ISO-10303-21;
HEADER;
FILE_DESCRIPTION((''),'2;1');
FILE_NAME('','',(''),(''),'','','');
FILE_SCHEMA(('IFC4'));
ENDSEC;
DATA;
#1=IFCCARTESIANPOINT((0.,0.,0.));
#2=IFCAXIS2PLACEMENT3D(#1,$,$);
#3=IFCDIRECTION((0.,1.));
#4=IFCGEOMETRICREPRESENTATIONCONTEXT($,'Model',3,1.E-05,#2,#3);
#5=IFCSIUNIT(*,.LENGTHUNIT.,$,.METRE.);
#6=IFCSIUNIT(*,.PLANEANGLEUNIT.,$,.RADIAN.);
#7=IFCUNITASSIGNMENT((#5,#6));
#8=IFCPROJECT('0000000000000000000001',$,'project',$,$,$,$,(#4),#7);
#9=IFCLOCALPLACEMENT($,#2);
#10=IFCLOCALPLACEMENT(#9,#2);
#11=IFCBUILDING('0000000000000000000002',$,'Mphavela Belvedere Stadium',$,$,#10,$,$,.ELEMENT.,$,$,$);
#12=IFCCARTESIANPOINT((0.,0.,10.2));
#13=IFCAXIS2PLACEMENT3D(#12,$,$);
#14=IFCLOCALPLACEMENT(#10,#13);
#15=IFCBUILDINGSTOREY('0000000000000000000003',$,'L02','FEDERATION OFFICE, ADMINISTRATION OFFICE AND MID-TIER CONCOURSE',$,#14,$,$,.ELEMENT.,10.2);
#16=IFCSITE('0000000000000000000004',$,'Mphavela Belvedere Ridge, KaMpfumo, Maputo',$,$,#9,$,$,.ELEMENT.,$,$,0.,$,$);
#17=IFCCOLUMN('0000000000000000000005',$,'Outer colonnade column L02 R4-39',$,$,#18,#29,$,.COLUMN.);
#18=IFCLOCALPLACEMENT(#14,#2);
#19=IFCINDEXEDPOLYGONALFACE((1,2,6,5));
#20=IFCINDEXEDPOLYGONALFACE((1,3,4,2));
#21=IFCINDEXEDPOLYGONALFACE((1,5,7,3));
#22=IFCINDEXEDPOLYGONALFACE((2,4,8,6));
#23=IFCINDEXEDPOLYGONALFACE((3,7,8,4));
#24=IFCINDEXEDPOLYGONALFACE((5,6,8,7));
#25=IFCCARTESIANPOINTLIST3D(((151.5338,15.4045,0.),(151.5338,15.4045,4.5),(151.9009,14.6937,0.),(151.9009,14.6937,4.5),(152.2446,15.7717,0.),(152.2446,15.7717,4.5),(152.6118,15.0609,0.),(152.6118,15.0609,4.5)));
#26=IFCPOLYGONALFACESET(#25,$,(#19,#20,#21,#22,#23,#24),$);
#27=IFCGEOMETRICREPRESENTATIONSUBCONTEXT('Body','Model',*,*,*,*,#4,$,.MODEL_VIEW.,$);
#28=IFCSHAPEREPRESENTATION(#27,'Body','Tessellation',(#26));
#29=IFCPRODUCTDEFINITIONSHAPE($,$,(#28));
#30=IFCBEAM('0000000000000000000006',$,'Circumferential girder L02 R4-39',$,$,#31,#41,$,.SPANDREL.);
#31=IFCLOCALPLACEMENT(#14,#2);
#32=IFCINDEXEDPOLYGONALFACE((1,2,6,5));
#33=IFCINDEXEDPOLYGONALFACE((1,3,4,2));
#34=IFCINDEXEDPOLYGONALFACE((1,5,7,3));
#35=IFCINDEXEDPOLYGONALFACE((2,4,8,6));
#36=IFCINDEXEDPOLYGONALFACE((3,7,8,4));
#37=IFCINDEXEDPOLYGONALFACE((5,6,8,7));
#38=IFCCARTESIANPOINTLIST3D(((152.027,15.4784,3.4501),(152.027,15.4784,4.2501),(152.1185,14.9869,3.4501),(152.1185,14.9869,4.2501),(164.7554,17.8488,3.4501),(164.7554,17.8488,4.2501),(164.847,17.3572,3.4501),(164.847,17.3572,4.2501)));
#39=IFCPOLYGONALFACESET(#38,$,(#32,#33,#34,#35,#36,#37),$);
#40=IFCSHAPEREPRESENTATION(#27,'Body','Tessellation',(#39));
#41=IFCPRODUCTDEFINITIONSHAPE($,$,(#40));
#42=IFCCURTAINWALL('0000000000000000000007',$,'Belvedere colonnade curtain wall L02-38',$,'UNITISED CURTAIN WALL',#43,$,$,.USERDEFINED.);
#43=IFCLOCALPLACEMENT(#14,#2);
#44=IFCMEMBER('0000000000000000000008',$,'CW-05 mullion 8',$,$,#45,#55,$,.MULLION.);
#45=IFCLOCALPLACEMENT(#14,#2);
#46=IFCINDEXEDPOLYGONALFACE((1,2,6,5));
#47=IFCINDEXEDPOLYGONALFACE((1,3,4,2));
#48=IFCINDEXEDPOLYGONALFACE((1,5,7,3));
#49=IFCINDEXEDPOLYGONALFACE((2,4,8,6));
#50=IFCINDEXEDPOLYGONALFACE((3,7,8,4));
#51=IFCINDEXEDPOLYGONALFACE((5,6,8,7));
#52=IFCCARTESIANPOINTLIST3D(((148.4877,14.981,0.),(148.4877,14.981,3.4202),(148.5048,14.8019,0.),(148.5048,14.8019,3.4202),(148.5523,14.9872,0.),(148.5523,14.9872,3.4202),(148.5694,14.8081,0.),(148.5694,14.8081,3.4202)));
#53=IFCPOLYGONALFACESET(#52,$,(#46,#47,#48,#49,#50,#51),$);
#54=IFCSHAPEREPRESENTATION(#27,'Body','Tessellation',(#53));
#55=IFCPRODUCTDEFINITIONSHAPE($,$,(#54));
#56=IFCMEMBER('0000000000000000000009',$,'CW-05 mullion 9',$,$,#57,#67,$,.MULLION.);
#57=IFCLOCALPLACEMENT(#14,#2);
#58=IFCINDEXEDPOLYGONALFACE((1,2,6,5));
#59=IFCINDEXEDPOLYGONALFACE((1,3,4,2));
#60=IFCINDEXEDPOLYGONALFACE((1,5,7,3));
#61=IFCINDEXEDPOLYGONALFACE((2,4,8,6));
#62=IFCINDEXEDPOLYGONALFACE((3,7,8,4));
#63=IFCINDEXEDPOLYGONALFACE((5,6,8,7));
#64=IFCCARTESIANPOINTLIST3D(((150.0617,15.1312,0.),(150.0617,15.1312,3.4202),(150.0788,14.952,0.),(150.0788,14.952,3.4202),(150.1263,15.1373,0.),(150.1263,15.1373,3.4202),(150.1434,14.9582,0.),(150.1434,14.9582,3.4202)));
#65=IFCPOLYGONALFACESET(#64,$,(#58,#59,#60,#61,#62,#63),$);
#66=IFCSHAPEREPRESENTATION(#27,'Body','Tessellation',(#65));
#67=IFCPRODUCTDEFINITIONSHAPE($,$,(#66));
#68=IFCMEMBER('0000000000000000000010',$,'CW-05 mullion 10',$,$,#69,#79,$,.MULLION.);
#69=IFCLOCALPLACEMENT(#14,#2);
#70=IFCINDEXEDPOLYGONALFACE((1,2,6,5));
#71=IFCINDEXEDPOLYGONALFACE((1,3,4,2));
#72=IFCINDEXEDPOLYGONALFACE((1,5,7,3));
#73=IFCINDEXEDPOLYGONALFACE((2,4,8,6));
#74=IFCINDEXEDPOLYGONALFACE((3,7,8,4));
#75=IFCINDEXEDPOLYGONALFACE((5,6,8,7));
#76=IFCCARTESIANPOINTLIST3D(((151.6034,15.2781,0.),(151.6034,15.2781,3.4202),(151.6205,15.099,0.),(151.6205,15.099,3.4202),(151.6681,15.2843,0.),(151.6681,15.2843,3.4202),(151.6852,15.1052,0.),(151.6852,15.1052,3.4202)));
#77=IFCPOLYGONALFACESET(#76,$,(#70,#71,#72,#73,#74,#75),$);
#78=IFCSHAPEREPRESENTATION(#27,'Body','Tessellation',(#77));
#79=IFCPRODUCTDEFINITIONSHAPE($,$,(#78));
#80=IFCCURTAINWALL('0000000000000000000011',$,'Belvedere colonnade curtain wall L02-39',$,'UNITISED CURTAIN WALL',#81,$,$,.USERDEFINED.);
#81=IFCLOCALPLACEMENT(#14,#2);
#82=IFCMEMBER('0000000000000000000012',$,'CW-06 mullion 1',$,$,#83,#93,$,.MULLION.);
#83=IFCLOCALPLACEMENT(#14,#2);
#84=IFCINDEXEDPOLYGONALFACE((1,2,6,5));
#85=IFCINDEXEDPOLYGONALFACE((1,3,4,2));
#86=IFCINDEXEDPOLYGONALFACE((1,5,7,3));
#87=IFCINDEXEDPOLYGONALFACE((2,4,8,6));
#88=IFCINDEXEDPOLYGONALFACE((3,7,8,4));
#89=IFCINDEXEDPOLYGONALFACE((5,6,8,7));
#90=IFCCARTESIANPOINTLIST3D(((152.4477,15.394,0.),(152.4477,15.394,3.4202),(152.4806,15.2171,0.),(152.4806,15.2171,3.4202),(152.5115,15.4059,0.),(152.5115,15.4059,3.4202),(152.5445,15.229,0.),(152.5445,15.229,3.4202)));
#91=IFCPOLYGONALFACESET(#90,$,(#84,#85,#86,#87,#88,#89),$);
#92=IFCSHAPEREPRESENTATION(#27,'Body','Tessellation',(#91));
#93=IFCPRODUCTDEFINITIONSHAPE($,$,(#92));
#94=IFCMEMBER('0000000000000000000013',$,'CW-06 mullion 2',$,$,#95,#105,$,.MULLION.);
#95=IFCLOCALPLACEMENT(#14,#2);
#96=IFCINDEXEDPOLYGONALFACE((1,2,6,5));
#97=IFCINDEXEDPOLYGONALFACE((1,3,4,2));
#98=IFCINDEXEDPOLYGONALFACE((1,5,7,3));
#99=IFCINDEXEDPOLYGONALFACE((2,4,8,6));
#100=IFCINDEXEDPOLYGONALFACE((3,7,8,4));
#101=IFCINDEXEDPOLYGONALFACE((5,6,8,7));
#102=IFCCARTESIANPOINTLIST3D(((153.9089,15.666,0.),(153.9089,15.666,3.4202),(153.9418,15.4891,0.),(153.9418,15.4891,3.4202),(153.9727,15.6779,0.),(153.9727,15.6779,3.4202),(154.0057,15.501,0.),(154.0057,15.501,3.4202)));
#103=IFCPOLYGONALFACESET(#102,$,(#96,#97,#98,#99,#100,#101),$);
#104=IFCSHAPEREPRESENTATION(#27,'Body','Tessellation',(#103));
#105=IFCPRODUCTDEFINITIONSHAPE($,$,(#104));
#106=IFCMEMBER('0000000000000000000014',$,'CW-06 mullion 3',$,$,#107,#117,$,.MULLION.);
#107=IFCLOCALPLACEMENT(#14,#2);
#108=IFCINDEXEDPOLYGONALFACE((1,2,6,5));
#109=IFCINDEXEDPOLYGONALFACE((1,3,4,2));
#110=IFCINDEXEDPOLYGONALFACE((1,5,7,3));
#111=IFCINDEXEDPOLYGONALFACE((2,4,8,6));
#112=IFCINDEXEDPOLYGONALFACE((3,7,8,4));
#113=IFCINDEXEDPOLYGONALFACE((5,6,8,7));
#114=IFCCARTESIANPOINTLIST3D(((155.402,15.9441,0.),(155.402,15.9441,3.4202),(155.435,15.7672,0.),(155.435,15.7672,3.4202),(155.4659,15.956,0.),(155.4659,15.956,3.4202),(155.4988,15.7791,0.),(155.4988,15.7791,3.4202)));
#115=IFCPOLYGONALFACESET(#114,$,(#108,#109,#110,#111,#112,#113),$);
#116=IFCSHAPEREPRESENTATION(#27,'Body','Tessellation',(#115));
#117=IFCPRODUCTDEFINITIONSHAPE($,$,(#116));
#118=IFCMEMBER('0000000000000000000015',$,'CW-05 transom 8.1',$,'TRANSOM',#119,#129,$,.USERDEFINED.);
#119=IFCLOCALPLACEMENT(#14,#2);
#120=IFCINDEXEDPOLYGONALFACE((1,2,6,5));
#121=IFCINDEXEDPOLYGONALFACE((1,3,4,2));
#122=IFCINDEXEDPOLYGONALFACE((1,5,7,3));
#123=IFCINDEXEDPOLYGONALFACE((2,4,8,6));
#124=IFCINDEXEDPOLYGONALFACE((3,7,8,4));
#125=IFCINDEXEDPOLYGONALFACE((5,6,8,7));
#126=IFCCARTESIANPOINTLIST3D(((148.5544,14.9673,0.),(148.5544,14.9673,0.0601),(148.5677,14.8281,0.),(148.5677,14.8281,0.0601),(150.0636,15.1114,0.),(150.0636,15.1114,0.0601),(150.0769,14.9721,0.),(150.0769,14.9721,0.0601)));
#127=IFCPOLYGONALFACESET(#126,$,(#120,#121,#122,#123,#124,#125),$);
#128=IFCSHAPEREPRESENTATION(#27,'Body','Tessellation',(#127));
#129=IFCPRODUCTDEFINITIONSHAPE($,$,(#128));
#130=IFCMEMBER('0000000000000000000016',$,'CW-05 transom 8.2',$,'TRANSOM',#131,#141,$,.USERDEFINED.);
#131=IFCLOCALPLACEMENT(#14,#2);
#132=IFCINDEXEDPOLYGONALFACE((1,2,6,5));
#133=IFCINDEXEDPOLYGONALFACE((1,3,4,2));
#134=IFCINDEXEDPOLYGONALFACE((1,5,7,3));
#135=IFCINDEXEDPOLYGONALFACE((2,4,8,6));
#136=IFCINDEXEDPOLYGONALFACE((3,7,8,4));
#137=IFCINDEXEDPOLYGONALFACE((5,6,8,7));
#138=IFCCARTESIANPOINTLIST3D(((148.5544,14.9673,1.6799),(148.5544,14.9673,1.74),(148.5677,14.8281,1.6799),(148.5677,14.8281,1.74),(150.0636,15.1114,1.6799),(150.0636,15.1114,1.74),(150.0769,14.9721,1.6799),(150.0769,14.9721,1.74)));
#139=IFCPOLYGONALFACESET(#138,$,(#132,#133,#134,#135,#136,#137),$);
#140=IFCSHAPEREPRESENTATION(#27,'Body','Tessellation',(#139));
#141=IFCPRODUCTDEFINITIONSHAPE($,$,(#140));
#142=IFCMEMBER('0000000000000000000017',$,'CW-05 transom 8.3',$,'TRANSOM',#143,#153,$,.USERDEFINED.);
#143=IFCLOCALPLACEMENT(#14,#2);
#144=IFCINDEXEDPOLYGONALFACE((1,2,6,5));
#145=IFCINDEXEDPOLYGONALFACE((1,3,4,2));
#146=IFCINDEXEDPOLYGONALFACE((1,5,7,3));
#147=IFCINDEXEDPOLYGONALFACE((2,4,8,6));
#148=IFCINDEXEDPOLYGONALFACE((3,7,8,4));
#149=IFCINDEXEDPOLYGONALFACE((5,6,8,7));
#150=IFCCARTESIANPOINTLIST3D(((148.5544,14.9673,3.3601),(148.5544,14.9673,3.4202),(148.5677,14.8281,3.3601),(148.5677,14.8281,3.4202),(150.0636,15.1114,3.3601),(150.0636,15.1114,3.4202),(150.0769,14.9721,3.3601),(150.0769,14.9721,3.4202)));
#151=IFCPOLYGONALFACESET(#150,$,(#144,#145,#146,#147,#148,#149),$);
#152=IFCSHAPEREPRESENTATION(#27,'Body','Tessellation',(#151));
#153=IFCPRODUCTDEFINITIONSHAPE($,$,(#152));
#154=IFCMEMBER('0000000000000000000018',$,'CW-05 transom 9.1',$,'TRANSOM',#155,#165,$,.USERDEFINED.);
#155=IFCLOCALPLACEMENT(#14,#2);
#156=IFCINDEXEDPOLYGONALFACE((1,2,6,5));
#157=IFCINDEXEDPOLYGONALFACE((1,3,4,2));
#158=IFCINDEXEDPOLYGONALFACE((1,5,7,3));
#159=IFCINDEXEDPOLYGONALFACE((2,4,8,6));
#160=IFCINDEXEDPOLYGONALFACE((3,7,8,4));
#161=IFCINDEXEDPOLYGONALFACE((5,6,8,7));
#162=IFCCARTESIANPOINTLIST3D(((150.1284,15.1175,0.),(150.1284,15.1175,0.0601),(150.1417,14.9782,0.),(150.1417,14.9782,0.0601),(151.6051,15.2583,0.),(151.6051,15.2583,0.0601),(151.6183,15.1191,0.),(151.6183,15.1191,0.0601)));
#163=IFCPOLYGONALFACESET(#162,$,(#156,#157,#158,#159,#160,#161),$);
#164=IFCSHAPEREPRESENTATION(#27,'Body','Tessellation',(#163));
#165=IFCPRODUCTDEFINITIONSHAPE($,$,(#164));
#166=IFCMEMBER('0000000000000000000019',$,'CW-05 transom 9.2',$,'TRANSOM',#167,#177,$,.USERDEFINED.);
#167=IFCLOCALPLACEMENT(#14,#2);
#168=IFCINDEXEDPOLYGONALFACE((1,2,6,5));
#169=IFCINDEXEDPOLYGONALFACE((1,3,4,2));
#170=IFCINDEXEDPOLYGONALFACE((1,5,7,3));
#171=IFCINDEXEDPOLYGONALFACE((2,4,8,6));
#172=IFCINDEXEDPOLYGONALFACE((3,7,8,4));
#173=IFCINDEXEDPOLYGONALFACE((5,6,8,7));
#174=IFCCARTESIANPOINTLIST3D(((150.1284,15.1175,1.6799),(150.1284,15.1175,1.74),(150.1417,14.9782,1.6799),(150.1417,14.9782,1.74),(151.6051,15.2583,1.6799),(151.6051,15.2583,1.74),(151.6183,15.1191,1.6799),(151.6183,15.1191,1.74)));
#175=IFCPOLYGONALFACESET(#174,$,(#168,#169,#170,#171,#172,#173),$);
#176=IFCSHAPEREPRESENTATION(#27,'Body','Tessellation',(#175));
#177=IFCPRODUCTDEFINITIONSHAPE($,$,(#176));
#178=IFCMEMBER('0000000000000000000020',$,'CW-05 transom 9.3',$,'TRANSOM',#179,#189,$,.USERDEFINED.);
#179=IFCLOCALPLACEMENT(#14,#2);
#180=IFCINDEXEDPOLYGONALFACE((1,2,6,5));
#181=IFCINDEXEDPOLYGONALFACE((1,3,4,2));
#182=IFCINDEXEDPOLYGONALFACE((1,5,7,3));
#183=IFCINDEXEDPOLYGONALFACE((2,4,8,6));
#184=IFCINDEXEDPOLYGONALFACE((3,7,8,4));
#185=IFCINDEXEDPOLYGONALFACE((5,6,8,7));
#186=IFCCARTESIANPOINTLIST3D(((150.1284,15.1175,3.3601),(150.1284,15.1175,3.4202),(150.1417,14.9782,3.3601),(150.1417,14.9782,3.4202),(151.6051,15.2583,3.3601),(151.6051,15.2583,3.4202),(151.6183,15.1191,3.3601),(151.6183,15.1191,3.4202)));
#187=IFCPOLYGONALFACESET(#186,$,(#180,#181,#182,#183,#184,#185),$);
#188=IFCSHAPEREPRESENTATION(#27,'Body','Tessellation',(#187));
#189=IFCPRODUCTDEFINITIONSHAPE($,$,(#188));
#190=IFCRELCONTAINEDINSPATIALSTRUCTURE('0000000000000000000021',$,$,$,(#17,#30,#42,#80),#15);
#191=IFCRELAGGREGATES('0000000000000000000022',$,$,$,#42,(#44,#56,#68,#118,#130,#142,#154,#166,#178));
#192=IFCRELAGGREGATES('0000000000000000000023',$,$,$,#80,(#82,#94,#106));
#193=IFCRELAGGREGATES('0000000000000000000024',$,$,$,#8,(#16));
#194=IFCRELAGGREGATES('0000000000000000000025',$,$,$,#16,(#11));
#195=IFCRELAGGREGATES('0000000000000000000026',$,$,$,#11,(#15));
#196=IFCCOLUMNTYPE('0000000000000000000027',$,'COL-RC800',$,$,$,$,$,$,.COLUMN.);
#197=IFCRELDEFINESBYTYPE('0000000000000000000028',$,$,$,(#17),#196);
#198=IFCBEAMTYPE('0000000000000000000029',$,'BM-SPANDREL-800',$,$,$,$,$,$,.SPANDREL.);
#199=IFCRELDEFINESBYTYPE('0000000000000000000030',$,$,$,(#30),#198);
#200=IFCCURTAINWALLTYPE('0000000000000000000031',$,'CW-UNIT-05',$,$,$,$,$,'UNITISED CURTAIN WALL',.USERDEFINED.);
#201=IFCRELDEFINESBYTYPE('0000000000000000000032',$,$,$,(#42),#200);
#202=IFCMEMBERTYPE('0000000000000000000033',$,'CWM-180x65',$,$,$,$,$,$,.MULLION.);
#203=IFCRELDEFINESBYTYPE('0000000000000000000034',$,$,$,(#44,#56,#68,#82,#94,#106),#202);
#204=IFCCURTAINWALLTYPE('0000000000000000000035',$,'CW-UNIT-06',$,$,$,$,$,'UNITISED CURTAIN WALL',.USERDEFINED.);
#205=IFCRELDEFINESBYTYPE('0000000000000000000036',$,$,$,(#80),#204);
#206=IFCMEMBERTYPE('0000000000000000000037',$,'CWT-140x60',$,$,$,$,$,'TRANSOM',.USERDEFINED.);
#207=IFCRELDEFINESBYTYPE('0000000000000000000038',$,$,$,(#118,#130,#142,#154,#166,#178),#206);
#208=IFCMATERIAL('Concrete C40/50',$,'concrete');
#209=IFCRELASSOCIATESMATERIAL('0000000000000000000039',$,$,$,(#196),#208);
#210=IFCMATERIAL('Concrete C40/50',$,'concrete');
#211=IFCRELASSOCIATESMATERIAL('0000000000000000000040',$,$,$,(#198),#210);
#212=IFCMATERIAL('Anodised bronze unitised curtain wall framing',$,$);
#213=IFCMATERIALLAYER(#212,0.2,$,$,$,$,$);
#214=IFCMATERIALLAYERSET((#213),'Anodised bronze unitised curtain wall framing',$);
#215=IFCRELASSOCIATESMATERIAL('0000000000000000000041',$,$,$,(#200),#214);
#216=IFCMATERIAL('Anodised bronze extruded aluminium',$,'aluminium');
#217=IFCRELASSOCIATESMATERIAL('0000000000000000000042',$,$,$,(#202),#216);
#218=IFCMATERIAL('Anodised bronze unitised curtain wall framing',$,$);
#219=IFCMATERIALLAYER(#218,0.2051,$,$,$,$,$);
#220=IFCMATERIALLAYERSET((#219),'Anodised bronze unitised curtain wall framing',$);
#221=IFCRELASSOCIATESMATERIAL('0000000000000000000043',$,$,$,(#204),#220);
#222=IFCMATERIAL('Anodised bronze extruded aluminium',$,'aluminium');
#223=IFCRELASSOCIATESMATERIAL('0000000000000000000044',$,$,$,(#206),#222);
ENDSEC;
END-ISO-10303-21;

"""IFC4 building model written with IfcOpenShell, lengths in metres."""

from ifc_helpers import new_model, si_unit, direction, frame, origin, origin_2d, place, context, subcontext, project, spatial, rectangle, extrude, material, layer, layer_set, material_profile, profile_set, type_object, element, aggregate, save


model = new_model("IFC4")

# Units and contexts
model_context = context("Model", 3, precision=1e-05, world=origin(), true_north=direction((0.0, 1.0)))
body_context = subcontext(model_context, "Body", "Model", "MODEL_VIEW")
ifc_project = project(units=[si_unit("LENGTHUNIT", "METRE"), si_unit("PLANEANGLEUNIT", "RADIAN")], contexts=[model_context])

# Site, building, storey
site_placement = place(None, origin())
site = spatial("IfcSite", under=ifc_project, at=site_placement, Name="Mphavela Belvedere Ridge, KaMpfumo, Maputo", CompositionType="ELEMENT", RefElevation=0.0)
building_placement = place(site_placement, origin())
building = spatial("IfcBuilding", under=site, at=building_placement, Name="Mphavela Belvedere Stadium", CompositionType="ELEMENT")
storey_placement = place(building_placement, frame((0.0, 0.0, 10.2)))
storey = spatial("IfcBuildingStorey", under=building, at=storey_placement, Name="L02", Description="FEDERATION OFFICE, ADMINISTRATION OFFICE AND MID-TIER CONCOURSE", CompositionType="ELEMENT", Elevation=10.2)

# Column
ifc_material_1 = material(Name="Concrete C40/50", Category="concrete")
ifc_material_profile_1 = material_profile(ifc_material_1, rectangle(XDim=0.8, YDim=0.8, at=origin_2d()), Name="RC 800x800")
ifc_profile_set_1 = profile_set([ifc_material_profile_1], Name="Concrete C40/50")
column_type = type_object("IfcColumnType", Name="COL-RC800", PredefinedType="COLUMN", material=ifc_profile_set_1)
column_placement = place(storey_placement, frame((152.0728, 15.2327, 0.0), z_axis=(0.0, 0.0, 1.0), x_axis=(0.45896, -0.888457, 0.0)))
element("IfcColumn", 1, at=column_placement, inside=storey, type_object=column_type, Name="Outer colonnade column L02 R4-39", PredefinedType="COLUMN", context=body_context, shape_type="SweptSolid", body=[
    extrude(rectangle(XDim=0.8, YDim=0.8, at=origin_2d()), origin(), (0.0, 0.0, 1.0), 4.5),
])

# Beam
ifc_material_2 = material(Name="Concrete C40/50", Category="concrete")
ifc_material_profile_2 = material_profile(ifc_material_2, rectangle(XDim=0.5, YDim=0.8, at=origin_2d()), Name="RC 500x800")
ifc_profile_set_2 = profile_set([ifc_material_profile_2], Name="Concrete C40/50")
beam_type = type_object("IfcBeamType", Name="BM-SPANDREL-800", PredefinedType="SPANDREL", material=ifc_profile_set_2)
beam_placement = place(storey_placement, frame((152.0728, 15.2327, 3.8501), z_axis=(0.983099, 0.183077, 0.0), x_axis=(-0.183077, 0.983099, 0.0)))
element("IfcBeam", 2, at=beam_placement, inside=storey, type_object=beam_type, Name="Circumferential girder L02 R4-39", PredefinedType="SPANDREL", context=body_context, shape_type="SweptSolid", body=[
    extrude(rectangle(XDim=0.5, YDim=0.8, at=origin_2d()), origin(), (0.0, 0.0, 1.0), 12.9473),
])

# Curtain walls, members
ifc_material_3 = material(Name="Anodised bronze unitised curtain wall framing")
ifc_layer_1 = layer(ifc_material_3, 0.2)
ifc_layer_set_1 = layer_set([ifc_layer_1], Name="Anodised bronze unitised curtain wall framing")
curtain_wall_type_1 = type_object("IfcCurtainWallType", Name="CW-UNIT-05", ElementType="UNITISED CURTAIN WALL", PredefinedType="USERDEFINED", material=ifc_layer_set_1)
curtain_wall_1_placement = place(storey_placement, origin())
curtain_wall_1 = element("IfcCurtainWall", 3, at=curtain_wall_1_placement, inside=storey, type_object=curtain_wall_type_1, Name="Belvedere colonnade curtain wall L02-38", ObjectType="UNITISED CURTAIN WALL", PredefinedType="USERDEFINED")
ifc_material_4 = material(Name="Anodised bronze extruded aluminium", Category="aluminium")
ifc_material_profile_3 = material_profile(ifc_material_4, rectangle(XDim=0.1799, YDim=0.0649, at=origin_2d()), Name="CW-MUL 180x65")
ifc_profile_set_3 = profile_set([ifc_material_profile_3], Name="Anodised bronze extruded aluminium")
member_type_1 = type_object("IfcMemberType", Name="CWM-180x65", PredefinedType="MULLION", material=ifc_profile_set_3)
member_1_placement = place(storey_placement, frame((148.5286, 14.8945, 0.0), z_axis=(0.0, 0.0, 1.0), x_axis=(-0.094926, 0.995484, 0.0)))
member_1 = element("IfcMember", 4, at=member_1_placement, type_object=member_type_1, Name="CW-05 mullion 8", PredefinedType="MULLION", context=body_context, shape_type="SweptSolid", body=[
    extrude(rectangle(XDim=0.1799, YDim=0.0649, at=origin_2d()), origin(), (0.0, 0.0, 1.0), 3.4202),
])
member_2_placement = place(storey_placement, frame((150.1025, 15.0447, 0.0), z_axis=(0.0, 0.0, 1.0), x_axis=(-0.094926, 0.995484, 0.0)))
member_2 = element("IfcMember", 5, at=member_2_placement, type_object=member_type_1, Name="CW-05 mullion 9", PredefinedType="MULLION", context=body_context, shape_type="SweptSolid", body=[
    extrude(rectangle(XDim=0.1799, YDim=0.0649, at=origin_2d()), origin(), (0.0, 0.0, 1.0), 3.4202),
])
member_3_placement = place(storey_placement, frame((151.6443, 15.1917, 0.0), z_axis=(0.0, 0.0, 1.0), x_axis=(-0.094926, 0.995484, 0.0)))
member_3 = element("IfcMember", 6, at=member_3_placement, type_object=member_type_1, Name="CW-05 mullion 10", PredefinedType="MULLION", context=body_context, shape_type="SweptSolid", body=[
    extrude(rectangle(XDim=0.1799, YDim=0.0649, at=origin_2d()), origin(), (0.0, 0.0, 1.0), 3.4202),
])
ifc_material_5 = material(Name="Anodised bronze unitised curtain wall framing")
ifc_layer_2 = layer(ifc_material_5, 0.2051)
ifc_layer_set_2 = layer_set([ifc_layer_2], Name="Anodised bronze unitised curtain wall framing")
curtain_wall_type_2 = type_object("IfcCurtainWallType", Name="CW-UNIT-06", ElementType="UNITISED CURTAIN WALL", PredefinedType="USERDEFINED", material=ifc_layer_set_2)
curtain_wall_2_placement = place(storey_placement, origin())
curtain_wall_2 = element("IfcCurtainWall", 7, at=curtain_wall_2_placement, inside=storey, type_object=curtain_wall_type_2, Name="Belvedere colonnade curtain wall L02-39", ObjectType="UNITISED CURTAIN WALL", PredefinedType="USERDEFINED")
member_4_placement = place(storey_placement, frame((152.4961, 15.3115, 0.0), z_axis=(0.0, 0.0, 1.0), x_axis=(-0.183085, 0.983097, 0.0)))
member_4 = element("IfcMember", 8, at=member_4_placement, type_object=member_type_1, Name="CW-06 mullion 1", PredefinedType="MULLION", context=body_context, shape_type="SweptSolid", body=[
    extrude(rectangle(XDim=0.1799, YDim=0.0649, at=origin_2d()), origin(), (0.0, 0.0, 1.0), 3.4202),
])
member_5_placement = place(storey_placement, frame((153.9573, 15.5835, 0.0), z_axis=(0.0, 0.0, 1.0), x_axis=(-0.183085, 0.983097, 0.0)))
member_5 = element("IfcMember", 9, at=member_5_placement, type_object=member_type_1, Name="CW-06 mullion 2", PredefinedType="MULLION", context=body_context, shape_type="SweptSolid", body=[
    extrude(rectangle(XDim=0.1799, YDim=0.0649, at=origin_2d()), origin(), (0.0, 0.0, 1.0), 3.4202),
])
member_6_placement = place(storey_placement, frame((155.4504, 15.8616, 0.0), z_axis=(0.0, 0.0, 1.0), x_axis=(-0.183085, 0.983097, 0.0)))
member_6 = element("IfcMember", 10, at=member_6_placement, type_object=member_type_1, Name="CW-06 mullion 3", PredefinedType="MULLION", context=body_context, shape_type="SweptSolid", body=[
    extrude(rectangle(XDim=0.1799, YDim=0.0649, at=origin_2d()), origin(), (0.0, 0.0, 1.0), 3.4202),
])

# Members
ifc_material_6 = material(Name="Anodised bronze extruded aluminium", Category="aluminium")
ifc_material_profile_4 = material_profile(ifc_material_6, rectangle(XDim=0.1399, YDim=0.0601, at=origin_2d()), Name="CW-TRN 140x60")
ifc_profile_set_4 = profile_set([ifc_material_profile_4], Name="Anodised bronze extruded aluminium")
member_type_2 = type_object("IfcMemberType", Name="CWT-140x60", ElementType="TRANSOM", PredefinedType="USERDEFINED", material=ifc_profile_set_4)
member_7_placement = place(storey_placement, frame((148.561, 14.8977, 0.03), z_axis=(0.995477, 0.095007, 0.0), x_axis=(-0.095007, 0.995477, 0.0)))
member_7 = element("IfcMember", 11, at=member_7_placement, type_object=member_type_2, Name="CW-05 transom 8.1", ObjectType="TRANSOM", PredefinedType="USERDEFINED", context=body_context, shape_type="SweptSolid", body=[
    extrude(rectangle(XDim=0.1399, YDim=0.0601, at=origin_2d()), origin(), (0.0, 0.0, 1.0), 1.5161),
])
member_8_placement = place(storey_placement, frame((148.561, 14.8977, 1.71), z_axis=(0.995477, 0.095007, 0.0), x_axis=(-0.095007, 0.995477, 0.0)))
member_8 = element("IfcMember", 12, at=member_8_placement, type_object=member_type_2, Name="CW-05 transom 8.2", ObjectType="TRANSOM", PredefinedType="USERDEFINED", context=body_context, shape_type="SweptSolid", body=[
    extrude(rectangle(XDim=0.1399, YDim=0.0601, at=origin_2d()), origin(), (0.0, 0.0, 1.0), 1.5161),
])
member_9_placement = place(storey_placement, frame((148.561, 14.8977, 3.3901), z_axis=(0.995477, 0.095007, 0.0), x_axis=(-0.095007, 0.995477, 0.0)))
member_9 = element("IfcMember", 13, at=member_9_placement, type_object=member_type_2, Name="CW-05 transom 8.3", ObjectType="TRANSOM", PredefinedType="USERDEFINED", context=body_context, shape_type="SweptSolid", body=[
    extrude(rectangle(XDim=0.1399, YDim=0.0601, at=origin_2d()), origin(), (0.0, 0.0, 1.0), 1.5161),
])
member_10_placement = place(storey_placement, frame((150.135, 15.0479, 0.03), z_axis=(0.995481, 0.094957, 0.0), x_axis=(-0.094957, 0.995481, 0.0)))
member_10 = element("IfcMember", 14, at=member_10_placement, type_object=member_type_2, Name="CW-05 transom 9.1", ObjectType="TRANSOM", PredefinedType="USERDEFINED", context=body_context, shape_type="SweptSolid", body=[
    extrude(rectangle(XDim=0.1399, YDim=0.0601, at=origin_2d()), origin(), (0.0, 0.0, 1.0), 1.4834),
])
member_11_placement = place(storey_placement, frame((150.135, 15.0479, 1.71), z_axis=(0.995481, 0.094957, 0.0), x_axis=(-0.094957, 0.995481, 0.0)))
member_11 = element("IfcMember", 15, at=member_11_placement, type_object=member_type_2, Name="CW-05 transom 9.2", ObjectType="TRANSOM", PredefinedType="USERDEFINED", context=body_context, shape_type="SweptSolid", body=[
    extrude(rectangle(XDim=0.1399, YDim=0.0601, at=origin_2d()), origin(), (0.0, 0.0, 1.0), 1.4834),
])
member_12_placement = place(storey_placement, frame((150.135, 15.0479, 3.3901), z_axis=(0.995481, 0.094957, 0.0), x_axis=(-0.094957, 0.995481, 0.0)))
member_12 = element("IfcMember", 16, at=member_12_placement, type_object=member_type_2, Name="CW-05 transom 9.3", ObjectType="TRANSOM", PredefinedType="USERDEFINED", context=body_context, shape_type="SweptSolid", body=[
    extrude(rectangle(XDim=0.1399, YDim=0.0601, at=origin_2d()), origin(), (0.0, 0.0, 1.0), 1.4834),
])

aggregate(curtain_wall_1, [member_1, member_2, member_3, member_7, member_8, member_9, member_10, member_11, member_12])
aggregate(curtain_wall_2, [member_4, member_5, member_6])

save(model, "model.ifc")
